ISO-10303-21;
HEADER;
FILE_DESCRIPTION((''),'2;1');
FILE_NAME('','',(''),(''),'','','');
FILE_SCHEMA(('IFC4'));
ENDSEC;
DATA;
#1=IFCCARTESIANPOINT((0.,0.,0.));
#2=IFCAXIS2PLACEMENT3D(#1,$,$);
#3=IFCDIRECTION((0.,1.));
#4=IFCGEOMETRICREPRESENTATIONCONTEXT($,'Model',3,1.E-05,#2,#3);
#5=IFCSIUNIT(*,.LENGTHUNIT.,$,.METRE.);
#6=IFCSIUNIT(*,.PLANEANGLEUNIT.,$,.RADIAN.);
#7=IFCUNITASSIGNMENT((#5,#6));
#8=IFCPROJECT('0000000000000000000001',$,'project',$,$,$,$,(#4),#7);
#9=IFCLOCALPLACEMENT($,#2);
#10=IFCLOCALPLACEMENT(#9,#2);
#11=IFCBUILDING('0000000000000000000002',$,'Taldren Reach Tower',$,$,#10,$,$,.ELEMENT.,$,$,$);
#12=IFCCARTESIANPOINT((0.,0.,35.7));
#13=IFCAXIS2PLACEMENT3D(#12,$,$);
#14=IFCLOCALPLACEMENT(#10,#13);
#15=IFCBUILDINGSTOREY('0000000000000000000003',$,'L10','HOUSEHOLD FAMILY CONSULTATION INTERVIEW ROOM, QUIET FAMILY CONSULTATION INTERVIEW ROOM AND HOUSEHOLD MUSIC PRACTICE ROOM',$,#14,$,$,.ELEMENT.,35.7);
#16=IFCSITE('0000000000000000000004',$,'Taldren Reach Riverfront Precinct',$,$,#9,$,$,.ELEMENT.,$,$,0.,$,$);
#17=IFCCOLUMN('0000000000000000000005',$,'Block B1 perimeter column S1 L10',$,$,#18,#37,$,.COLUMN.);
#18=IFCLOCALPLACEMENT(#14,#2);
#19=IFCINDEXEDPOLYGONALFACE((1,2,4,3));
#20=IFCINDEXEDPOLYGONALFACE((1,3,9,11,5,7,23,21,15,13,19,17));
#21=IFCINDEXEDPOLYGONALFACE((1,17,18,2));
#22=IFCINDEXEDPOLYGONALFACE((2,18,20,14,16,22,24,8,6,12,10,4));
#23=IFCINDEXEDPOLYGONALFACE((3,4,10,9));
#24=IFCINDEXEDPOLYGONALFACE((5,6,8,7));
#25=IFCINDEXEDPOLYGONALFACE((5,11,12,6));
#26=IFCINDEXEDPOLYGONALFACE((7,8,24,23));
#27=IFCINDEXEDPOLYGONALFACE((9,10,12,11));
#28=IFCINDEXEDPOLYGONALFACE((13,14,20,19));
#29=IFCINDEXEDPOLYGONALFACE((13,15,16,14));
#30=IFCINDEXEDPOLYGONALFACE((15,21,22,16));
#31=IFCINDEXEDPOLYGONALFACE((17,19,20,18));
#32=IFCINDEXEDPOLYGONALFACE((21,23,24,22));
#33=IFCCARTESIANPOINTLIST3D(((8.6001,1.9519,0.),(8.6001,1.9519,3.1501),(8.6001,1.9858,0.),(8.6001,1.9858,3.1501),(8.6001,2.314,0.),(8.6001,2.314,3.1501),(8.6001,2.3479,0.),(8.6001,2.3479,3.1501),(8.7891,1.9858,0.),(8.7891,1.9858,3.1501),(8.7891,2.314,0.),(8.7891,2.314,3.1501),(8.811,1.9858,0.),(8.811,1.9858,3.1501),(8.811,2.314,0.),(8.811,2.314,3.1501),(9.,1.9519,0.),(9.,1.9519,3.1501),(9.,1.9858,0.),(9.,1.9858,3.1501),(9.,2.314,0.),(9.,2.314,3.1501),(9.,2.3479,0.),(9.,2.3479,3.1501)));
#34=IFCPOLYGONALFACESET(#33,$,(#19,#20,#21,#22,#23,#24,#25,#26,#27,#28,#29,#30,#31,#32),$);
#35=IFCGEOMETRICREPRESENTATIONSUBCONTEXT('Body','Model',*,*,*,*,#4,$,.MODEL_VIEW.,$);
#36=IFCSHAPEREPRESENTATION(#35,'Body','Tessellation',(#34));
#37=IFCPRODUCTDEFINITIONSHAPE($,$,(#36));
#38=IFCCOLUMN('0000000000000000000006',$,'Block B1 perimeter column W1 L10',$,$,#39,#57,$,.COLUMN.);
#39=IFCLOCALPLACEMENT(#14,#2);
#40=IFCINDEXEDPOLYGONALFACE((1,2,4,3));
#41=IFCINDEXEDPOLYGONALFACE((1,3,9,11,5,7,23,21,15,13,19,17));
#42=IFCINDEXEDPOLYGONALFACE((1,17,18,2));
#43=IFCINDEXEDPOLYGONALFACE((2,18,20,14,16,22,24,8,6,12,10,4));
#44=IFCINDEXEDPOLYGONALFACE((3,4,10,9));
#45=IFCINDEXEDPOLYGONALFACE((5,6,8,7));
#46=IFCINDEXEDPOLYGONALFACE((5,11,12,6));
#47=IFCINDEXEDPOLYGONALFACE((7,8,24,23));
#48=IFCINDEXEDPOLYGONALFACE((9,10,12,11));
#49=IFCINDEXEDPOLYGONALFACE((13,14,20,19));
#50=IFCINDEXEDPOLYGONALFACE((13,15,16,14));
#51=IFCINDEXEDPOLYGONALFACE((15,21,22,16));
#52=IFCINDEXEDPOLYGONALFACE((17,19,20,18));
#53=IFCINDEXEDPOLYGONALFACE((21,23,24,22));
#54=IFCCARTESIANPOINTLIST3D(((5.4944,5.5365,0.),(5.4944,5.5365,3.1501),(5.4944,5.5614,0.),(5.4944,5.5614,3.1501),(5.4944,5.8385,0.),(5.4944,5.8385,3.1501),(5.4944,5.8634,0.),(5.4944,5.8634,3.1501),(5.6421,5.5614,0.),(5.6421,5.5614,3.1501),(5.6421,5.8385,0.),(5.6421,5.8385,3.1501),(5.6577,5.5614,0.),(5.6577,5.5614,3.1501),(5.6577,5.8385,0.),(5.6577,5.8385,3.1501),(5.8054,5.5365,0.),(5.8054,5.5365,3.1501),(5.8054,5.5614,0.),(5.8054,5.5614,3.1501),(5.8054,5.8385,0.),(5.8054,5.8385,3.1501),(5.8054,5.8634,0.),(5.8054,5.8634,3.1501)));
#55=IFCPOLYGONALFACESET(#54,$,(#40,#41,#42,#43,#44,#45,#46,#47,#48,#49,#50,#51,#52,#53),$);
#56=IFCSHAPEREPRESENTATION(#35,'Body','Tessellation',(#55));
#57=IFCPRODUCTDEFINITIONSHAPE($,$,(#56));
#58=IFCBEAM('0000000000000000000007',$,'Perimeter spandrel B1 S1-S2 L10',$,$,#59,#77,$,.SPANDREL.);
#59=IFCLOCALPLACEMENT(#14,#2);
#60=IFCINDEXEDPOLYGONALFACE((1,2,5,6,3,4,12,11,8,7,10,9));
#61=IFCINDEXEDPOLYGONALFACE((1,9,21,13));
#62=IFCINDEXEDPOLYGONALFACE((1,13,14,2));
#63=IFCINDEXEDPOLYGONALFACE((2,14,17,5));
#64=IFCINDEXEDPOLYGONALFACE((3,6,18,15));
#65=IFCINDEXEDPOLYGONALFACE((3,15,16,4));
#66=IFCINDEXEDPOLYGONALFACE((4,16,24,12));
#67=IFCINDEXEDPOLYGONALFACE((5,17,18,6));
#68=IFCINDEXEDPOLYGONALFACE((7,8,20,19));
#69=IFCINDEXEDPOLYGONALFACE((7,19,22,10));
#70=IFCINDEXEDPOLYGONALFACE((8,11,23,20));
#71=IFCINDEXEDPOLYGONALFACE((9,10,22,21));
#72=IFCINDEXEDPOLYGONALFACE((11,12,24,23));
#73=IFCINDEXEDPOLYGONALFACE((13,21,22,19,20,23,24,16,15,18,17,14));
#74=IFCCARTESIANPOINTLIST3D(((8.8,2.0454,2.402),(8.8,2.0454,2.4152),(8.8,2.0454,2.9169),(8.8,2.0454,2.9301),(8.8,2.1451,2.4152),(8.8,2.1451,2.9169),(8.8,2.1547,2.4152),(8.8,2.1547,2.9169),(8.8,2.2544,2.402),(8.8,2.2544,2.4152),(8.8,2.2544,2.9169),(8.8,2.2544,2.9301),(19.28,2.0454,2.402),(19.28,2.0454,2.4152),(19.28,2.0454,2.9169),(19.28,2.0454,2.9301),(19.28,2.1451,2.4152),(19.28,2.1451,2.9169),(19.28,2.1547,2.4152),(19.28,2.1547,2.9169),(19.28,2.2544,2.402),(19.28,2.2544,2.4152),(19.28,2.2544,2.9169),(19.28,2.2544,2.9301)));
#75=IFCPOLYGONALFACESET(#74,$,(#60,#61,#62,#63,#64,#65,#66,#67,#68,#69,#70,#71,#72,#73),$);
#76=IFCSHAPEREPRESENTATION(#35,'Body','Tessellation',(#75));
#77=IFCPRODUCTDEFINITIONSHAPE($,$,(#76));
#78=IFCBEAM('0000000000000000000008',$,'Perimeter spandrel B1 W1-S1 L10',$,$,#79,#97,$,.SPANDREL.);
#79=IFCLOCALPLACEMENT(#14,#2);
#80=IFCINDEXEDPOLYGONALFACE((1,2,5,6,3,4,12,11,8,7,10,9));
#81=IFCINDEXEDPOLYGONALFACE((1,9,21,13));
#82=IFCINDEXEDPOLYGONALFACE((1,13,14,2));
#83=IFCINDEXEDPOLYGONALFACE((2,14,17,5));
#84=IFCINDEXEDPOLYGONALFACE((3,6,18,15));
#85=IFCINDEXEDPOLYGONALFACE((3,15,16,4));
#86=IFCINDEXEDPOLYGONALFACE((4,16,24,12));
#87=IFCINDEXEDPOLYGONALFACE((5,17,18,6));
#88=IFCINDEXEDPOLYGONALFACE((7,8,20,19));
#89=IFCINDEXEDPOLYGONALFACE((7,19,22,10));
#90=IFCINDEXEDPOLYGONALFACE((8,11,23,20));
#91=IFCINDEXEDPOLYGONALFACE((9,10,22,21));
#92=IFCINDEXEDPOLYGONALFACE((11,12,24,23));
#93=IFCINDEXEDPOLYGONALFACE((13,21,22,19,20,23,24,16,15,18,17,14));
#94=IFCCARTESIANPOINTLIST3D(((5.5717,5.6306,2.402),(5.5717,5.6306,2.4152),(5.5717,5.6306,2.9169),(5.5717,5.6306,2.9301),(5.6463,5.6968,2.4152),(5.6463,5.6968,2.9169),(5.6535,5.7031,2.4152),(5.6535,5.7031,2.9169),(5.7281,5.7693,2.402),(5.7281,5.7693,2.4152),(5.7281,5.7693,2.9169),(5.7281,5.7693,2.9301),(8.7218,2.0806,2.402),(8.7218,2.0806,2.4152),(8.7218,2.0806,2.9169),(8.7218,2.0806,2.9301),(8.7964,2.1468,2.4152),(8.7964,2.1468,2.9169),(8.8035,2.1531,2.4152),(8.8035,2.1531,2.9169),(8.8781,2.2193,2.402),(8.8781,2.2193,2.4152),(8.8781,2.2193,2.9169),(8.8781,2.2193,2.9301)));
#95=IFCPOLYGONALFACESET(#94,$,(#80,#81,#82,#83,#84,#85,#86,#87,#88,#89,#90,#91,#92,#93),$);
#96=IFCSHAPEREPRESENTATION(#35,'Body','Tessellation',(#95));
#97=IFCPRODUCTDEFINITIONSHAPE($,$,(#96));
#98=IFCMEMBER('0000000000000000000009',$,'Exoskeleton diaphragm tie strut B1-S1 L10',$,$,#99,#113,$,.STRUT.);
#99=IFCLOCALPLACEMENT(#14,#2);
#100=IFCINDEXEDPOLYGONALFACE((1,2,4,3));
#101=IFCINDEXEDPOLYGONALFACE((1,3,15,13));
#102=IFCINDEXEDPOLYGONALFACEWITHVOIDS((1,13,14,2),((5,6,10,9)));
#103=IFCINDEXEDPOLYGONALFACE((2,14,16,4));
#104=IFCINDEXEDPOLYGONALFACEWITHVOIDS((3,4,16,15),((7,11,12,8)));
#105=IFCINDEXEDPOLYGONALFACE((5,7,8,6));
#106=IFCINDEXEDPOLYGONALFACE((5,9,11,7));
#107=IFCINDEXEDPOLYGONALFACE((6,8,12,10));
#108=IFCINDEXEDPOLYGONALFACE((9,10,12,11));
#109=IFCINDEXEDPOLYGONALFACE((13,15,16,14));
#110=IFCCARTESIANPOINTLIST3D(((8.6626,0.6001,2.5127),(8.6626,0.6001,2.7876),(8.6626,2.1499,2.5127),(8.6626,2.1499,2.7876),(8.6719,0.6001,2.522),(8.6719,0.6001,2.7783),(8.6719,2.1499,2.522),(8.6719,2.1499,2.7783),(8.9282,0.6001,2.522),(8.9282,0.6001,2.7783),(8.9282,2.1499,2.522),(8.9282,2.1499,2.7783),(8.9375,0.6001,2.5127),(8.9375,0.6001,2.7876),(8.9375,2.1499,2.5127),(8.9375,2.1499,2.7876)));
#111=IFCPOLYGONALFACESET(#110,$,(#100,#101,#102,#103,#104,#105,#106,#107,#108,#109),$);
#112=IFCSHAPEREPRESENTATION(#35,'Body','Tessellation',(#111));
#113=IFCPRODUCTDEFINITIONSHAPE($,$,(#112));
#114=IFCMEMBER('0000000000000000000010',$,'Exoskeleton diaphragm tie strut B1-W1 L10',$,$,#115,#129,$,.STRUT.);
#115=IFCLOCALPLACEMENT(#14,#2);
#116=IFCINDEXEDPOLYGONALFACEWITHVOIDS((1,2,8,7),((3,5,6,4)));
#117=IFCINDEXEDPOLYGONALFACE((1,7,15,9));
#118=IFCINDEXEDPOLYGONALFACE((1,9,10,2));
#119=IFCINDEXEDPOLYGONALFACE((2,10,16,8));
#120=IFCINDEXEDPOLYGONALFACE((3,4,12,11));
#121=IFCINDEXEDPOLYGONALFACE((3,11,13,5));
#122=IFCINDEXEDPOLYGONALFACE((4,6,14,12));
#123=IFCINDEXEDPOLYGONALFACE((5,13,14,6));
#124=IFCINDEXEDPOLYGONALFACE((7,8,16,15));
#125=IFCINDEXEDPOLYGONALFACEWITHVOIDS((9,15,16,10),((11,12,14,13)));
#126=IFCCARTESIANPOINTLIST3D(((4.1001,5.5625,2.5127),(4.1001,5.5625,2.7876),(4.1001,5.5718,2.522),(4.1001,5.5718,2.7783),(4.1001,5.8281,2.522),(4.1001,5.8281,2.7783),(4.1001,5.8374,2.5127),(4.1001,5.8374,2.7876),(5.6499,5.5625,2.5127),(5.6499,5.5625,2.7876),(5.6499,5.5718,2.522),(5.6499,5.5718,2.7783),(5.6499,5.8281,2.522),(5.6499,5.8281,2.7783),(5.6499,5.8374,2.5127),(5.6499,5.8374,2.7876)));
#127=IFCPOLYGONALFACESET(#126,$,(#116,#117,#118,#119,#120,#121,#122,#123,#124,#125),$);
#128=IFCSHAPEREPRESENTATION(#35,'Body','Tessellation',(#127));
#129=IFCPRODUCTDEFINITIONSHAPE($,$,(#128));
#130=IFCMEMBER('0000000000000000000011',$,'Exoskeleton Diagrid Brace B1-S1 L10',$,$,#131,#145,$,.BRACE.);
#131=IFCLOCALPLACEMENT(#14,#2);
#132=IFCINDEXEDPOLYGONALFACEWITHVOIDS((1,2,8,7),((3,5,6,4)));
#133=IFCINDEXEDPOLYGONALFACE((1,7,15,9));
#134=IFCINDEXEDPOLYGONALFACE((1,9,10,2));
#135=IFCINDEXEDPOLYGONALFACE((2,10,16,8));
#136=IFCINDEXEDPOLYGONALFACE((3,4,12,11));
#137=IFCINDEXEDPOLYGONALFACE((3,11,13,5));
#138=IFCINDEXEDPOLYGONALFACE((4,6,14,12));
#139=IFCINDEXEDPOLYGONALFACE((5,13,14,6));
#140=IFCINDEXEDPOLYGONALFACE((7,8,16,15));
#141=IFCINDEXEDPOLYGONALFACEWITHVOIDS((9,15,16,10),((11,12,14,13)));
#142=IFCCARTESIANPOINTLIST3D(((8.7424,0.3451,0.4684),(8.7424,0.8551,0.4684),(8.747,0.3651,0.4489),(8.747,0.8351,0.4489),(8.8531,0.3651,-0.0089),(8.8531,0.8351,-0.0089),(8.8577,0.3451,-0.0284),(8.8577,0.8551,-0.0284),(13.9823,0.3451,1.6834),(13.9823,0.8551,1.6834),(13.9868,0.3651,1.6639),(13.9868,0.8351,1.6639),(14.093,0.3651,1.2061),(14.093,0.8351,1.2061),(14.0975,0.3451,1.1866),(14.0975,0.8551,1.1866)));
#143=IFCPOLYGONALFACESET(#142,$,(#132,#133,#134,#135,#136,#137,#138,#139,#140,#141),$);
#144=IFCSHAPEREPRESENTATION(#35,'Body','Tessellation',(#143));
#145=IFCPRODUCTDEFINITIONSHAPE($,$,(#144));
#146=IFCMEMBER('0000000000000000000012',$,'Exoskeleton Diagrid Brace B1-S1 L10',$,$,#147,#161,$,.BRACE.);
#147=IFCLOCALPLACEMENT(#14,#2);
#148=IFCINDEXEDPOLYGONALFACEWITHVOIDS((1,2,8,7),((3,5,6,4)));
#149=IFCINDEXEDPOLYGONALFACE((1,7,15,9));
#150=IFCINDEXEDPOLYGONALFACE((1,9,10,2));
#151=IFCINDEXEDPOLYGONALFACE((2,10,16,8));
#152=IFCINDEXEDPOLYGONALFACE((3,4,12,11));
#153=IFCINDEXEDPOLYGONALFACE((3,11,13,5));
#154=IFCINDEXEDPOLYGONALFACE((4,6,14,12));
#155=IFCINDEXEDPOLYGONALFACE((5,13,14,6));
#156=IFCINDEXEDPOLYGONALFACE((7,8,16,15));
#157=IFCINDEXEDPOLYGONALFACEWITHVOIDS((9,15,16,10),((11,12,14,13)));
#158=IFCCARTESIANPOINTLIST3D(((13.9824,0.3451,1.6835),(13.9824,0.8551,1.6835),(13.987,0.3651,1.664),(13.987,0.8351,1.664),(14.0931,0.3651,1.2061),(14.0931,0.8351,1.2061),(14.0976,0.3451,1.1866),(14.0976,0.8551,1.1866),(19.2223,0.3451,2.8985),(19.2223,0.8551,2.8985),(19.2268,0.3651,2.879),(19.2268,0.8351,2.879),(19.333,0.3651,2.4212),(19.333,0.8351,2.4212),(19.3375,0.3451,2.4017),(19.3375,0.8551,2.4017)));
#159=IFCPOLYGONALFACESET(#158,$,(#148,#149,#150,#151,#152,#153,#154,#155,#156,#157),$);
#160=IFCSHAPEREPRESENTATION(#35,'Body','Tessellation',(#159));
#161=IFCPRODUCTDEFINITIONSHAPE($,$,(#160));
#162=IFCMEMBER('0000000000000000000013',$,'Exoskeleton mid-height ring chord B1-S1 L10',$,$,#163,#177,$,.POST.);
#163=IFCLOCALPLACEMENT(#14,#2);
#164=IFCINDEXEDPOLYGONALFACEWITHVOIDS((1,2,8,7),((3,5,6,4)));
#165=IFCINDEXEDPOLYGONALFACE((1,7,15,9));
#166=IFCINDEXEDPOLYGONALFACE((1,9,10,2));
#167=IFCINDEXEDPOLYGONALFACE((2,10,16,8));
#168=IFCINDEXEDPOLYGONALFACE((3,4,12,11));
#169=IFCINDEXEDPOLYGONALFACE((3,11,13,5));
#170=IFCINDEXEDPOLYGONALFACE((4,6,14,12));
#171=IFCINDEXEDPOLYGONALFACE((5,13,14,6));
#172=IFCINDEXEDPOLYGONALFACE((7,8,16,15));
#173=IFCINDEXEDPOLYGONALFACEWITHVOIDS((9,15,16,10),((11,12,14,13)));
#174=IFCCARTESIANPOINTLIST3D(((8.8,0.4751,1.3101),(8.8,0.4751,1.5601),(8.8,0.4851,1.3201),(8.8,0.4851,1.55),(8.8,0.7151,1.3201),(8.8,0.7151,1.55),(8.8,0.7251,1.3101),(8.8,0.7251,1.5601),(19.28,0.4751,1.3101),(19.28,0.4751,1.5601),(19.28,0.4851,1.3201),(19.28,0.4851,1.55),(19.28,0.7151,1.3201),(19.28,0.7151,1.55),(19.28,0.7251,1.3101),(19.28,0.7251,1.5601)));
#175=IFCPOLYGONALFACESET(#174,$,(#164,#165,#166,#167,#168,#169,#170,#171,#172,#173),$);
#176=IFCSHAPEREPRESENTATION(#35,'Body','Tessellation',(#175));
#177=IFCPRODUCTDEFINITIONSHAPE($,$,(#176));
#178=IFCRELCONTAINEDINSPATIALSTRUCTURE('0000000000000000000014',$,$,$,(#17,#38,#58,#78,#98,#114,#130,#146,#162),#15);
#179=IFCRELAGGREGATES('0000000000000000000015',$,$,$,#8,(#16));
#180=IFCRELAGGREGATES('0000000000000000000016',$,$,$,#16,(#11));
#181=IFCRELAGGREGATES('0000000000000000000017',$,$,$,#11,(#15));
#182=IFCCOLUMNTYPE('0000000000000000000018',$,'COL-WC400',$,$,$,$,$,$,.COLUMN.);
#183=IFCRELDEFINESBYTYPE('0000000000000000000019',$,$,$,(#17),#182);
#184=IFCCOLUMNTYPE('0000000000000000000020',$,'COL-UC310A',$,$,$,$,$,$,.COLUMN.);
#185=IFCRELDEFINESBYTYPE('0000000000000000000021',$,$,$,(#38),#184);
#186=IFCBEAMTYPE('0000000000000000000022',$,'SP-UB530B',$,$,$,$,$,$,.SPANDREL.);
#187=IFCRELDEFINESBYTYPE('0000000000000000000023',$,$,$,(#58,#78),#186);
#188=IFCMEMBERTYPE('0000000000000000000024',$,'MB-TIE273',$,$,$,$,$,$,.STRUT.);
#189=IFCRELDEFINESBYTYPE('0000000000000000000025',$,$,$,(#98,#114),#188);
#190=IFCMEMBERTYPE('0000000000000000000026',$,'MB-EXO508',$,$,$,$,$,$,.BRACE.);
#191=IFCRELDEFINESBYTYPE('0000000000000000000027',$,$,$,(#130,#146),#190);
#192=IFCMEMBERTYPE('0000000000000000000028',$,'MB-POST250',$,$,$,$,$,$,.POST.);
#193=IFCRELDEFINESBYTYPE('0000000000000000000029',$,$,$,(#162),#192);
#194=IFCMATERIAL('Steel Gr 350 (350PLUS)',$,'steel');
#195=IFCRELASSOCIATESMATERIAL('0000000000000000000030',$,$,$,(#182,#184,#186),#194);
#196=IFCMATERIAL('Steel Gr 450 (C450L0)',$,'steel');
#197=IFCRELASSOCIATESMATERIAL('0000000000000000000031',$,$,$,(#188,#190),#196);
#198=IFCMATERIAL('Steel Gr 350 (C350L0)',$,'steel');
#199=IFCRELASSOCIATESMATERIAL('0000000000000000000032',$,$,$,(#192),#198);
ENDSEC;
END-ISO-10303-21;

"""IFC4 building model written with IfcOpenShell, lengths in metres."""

from ifc_helpers import new_model, si_unit, direction, frame, origin, origin_2d, place, context, subcontext, project, spatial, hollow_rectangle, i_section, extrude, source, transform, mapped, material, material_profile, profile_set, type_object, element, save


model = new_model("IFC4")

# Units and contexts
model_context = context("Model", 3, precision=1e-05, world=origin(), true_north=direction((0.0, 1.0)))
body_context = subcontext(model_context, "Body", "Model", "MODEL_VIEW")
ifc_project = project(units=[si_unit("LENGTHUNIT", "METRE"), si_unit("PLANEANGLEUNIT", "RADIAN")], contexts=[model_context])

# Site, building, storey
site_placement = place(None, origin())
site = spatial("IfcSite", under=ifc_project, at=site_placement, Name="Taldren Reach Riverfront Precinct", CompositionType="ELEMENT", RefElevation=0.0)
building_placement = place(site_placement, origin())
building = spatial("IfcBuilding", under=site, at=building_placement, Name="Taldren Reach Tower", CompositionType="ELEMENT")
storey_placement = place(building_placement, frame((0.0, 0.0, 35.7)))
storey = spatial("IfcBuildingStorey", under=building, at=storey_placement, Name="L10", Description="HOUSEHOLD FAMILY CONSULTATION INTERVIEW ROOM, QUIET FAMILY CONSULTATION INTERVIEW ROOM AND HOUSEHOLD MUSIC PRACTICE ROOM", CompositionType="ELEMENT", Elevation=35.7)

# Columns
ifc_material_1 = material(Name="Steel Gr 350 (350PLUS)", Category="steel")
ifc_material_profile_1 = material_profile(ifc_material_1, i_section(OverallWidth=0.3999, OverallDepth=0.396, WebThickness=0.022, FlangeThickness=0.0339, at=origin_2d()), Name="400WC270")
ifc_profile_set_1 = profile_set([ifc_material_profile_1], Name="Steel Gr 350 (350PLUS)")
column_type_1 = type_object("IfcColumnType", Name="COL-WC400", PredefinedType="COLUMN", material=ifc_profile_set_1)
shared_shape_1 = source(origin(), body_context, "Body", "SweptSolid", [
    extrude(i_section(OverallWidth=0.3999, OverallDepth=0.396, WebThickness=0.022, FlangeThickness=0.0339, at=origin_2d()), origin(), (0.0, 0.0, 1.0), 3.1501),
])
column_1_placement = place(storey_placement, frame((8.8, 2.1499, 0.0), z_axis=(0.0, 0.0, 1.0), x_axis=(1.0, 0.0, 0.0)))
element("IfcColumn", 1, at=column_1_placement, inside=storey, type_object=column_type_1, Name="Block B1 perimeter column S1 L10", PredefinedType="COLUMN", context=body_context, shape_type="MappedRepresentation", body=[
    mapped(shared_shape_1, transform((0.0, 0.0, 0.0), scale=1.0)),
])
ifc_material_profile_2 = material_profile(ifc_material_1, i_section(OverallWidth=0.311, OverallDepth=0.3269, WebThickness=0.0156, FlangeThickness=0.0249, at=origin_2d()), Name="310UC158")
ifc_profile_set_2 = profile_set([ifc_material_profile_2], Name="Steel Gr 350 (350PLUS)")
column_type_2 = type_object("IfcColumnType", Name="COL-UC310A", PredefinedType="COLUMN", material=ifc_profile_set_2)
shared_shape_2 = source(origin(), body_context, "Body", "SweptSolid", [
    extrude(i_section(OverallWidth=0.311, OverallDepth=0.3269, WebThickness=0.0156, FlangeThickness=0.0249, at=origin_2d()), origin(), (0.0, 0.0, 1.0), 3.1501),
])
column_2_placement = place(storey_placement, frame((5.6499, 5.7, 0.0), z_axis=(0.0, 0.0, 1.0), x_axis=(1.0, 0.0, 0.0)))
element("IfcColumn", 2, at=column_2_placement, inside=storey, type_object=column_type_2, Name="Block B1 perimeter column W1 L10", PredefinedType="COLUMN", context=body_context, shape_type="MappedRepresentation", body=[
    mapped(shared_shape_2, transform((0.0, 0.0, 0.0), scale=1.0)),
])

# Beams
ifc_material_profile_3 = material_profile(ifc_material_1, i_section(OverallWidth=0.209, OverallDepth=0.5281, WebThickness=0.0095, FlangeThickness=0.0132, at=origin_2d()), Name="530UB82.0")
ifc_profile_set_3 = profile_set([ifc_material_profile_3], Name="Steel Gr 350 (350PLUS)")
beam_type = type_object("IfcBeamType", Name="SP-UB530B", PredefinedType="SPANDREL", material=ifc_profile_set_3)
shared_shape_3 = source(origin(), body_context, "Body", "SweptSolid", [
    extrude(i_section(OverallWidth=0.209, OverallDepth=0.5281, WebThickness=0.0095, FlangeThickness=0.0132, at=origin_2d()), origin(), (0.0, 0.0, 1.0), 10.48),
])
beam_1_placement = place(storey_placement, frame((8.8, 2.1499, 2.666), z_axis=(1.0, 0.0, 0.0), x_axis=(0.0, 1.0, 0.0)))
element("IfcBeam", 3, at=beam_1_placement, inside=storey, type_object=beam_type, Name="Perimeter spandrel B1 S1-S2 L10", PredefinedType="SPANDREL", context=body_context, shape_type="MappedRepresentation", body=[
    mapped(shared_shape_3, transform((0.0, 0.0, 0.0), scale=1.0)),
])
shared_shape_4 = source(origin(), body_context, "Body", "SweptSolid", [
    extrude(i_section(OverallWidth=0.209, OverallDepth=0.5281, WebThickness=0.0095, FlangeThickness=0.0132, at=origin_2d()), origin(), (0.0, 0.0, 1.0), 4.7461),
])
beam_2_placement = place(storey_placement, frame((5.6499, 5.7, 2.666), z_axis=(0.663722, -0.747979, 0.0), x_axis=(0.747979, 0.663722, 0.0)))
element("IfcBeam", 4, at=beam_2_placement, inside=storey, type_object=beam_type, Name="Perimeter spandrel B1 W1-S1 L10", PredefinedType="SPANDREL", context=body_context, shape_type="MappedRepresentation", body=[
    mapped(shared_shape_4, transform((0.0, 0.0, 0.0), scale=1.0)),
])

# Members
ifc_material_2 = material(Name="Steel Gr 450 (C450L0)", Category="steel")
ifc_material_profile_4 = material_profile(ifc_material_2, hollow_rectangle(XDim=0.2749, YDim=0.2749, WallThickness=0.0093, at=origin_2d()), Name="275x275x9.3SHS")
ifc_profile_set_4 = profile_set([ifc_material_profile_4], Name="Steel Gr 450 (C450L0)")
member_type_1 = type_object("IfcMemberType", Name="MB-TIE273", PredefinedType="STRUT", material=ifc_profile_set_4)
shared_shape_5 = source(origin(), body_context, "Body", "SweptSolid", [
    extrude(hollow_rectangle(XDim=0.2749, YDim=0.2749, WallThickness=0.0093, at=origin_2d()), origin(), (0.0, 0.0, 1.0), 1.5498),
])
for number, where, z_axis, x_axis, name in (
    (5, (8.8, 2.1499, 2.6501), (0.0, -1.0, 0.0), (1.0, 0.0, 0.0), "Exoskeleton diaphragm tie strut B1-S1 L10"),
    (6, (5.6499, 5.7, 2.6501), (-1.0, 0.0, 0.0), (0.0, -1.0, 0.0), "Exoskeleton diaphragm tie strut B1-W1 L10"),
):
    element("IfcMember", number, at=place(storey_placement, frame(where, z_axis=z_axis, x_axis=x_axis)), inside=storey, type_object=member_type_1, Name=name, PredefinedType="STRUT", context=body_context, shape_type="MappedRepresentation", body=[
        mapped(shared_shape_5, transform((0.0, 0.0, 0.0), scale=1.0)),
    ])
ifc_material_profile_5 = material_profile(ifc_material_2, hollow_rectangle(XDim=0.51, YDim=0.51, WallThickness=0.02, at=origin_2d()), Name="510x510x20.0SHS")
ifc_profile_set_5 = profile_set([ifc_material_profile_5], Name="Steel Gr 450 (C450L0)")
member_type_2 = type_object("IfcMemberType", Name="MB-EXO508", PredefinedType="BRACE", material=ifc_profile_set_5)
shared_shape_6 = source(origin(), body_context, "Body", "SweptSolid", [
    extrude(hollow_rectangle(XDim=0.51, YDim=0.51, WallThickness=0.02, at=origin_2d()), origin(), (0.0, 0.0, 1.0), 5.3789),
])
for number, where, z_axis, x_axis, name in (
    (7, (8.8, 0.6001, 0.22), (0.974152, 0.0, 0.225894), (0.0, 1.0, 0.0), "Exoskeleton Diagrid Brace B1-S1 L10"),
    (8, (14.04, 0.6001, 1.4351), (0.974152, 0.0, 0.225894), (0.0, 1.0, 0.0), "Exoskeleton Diagrid Brace B1-S1 L10"),
):
    element("IfcMember", number, at=place(storey_placement, frame(where, z_axis=z_axis, x_axis=x_axis)), inside=storey, type_object=member_type_2, Name=name, PredefinedType="BRACE", context=body_context, shape_type="MappedRepresentation", body=[
        mapped(shared_shape_6, transform((0.0, 0.0, 0.0), scale=1.0)),
    ])
ifc_material_3 = material(Name="Steel Gr 350 (C350L0)", Category="steel")
ifc_material_profile_6 = material_profile(ifc_material_3, hollow_rectangle(XDim=0.25, YDim=0.25, WallThickness=0.01, at=origin_2d()), Name="250x250x10.0SHS")
ifc_profile_set_6 = profile_set([ifc_material_profile_6], Name="Steel Gr 350 (C350L0)")
member_type_3 = type_object("IfcMemberType", Name="MB-POST250", PredefinedType="POST", material=ifc_profile_set_6)
shared_shape_7 = source(origin(), body_context, "Body", "SweptSolid", [
    extrude(hollow_rectangle(XDim=0.25, YDim=0.25, WallThickness=0.01, at=origin_2d()), origin(), (0.0, 0.0, 1.0), 10.48),
])
member_1_placement = place(storey_placement, frame((8.8, 0.6001, 1.4351), z_axis=(1.0, 0.0, 0.0), x_axis=(0.0, 1.0, 0.0)))
element("IfcMember", 9, at=member_1_placement, inside=storey, type_object=member_type_3, Name="Exoskeleton mid-height ring chord B1-S1 L10", PredefinedType="POST", context=body_context, shape_type="MappedRepresentation", body=[
    mapped(shared_shape_7, transform((0.0, 0.0, 0.0), scale=1.0)),
])

save(model, "model.ifc")
